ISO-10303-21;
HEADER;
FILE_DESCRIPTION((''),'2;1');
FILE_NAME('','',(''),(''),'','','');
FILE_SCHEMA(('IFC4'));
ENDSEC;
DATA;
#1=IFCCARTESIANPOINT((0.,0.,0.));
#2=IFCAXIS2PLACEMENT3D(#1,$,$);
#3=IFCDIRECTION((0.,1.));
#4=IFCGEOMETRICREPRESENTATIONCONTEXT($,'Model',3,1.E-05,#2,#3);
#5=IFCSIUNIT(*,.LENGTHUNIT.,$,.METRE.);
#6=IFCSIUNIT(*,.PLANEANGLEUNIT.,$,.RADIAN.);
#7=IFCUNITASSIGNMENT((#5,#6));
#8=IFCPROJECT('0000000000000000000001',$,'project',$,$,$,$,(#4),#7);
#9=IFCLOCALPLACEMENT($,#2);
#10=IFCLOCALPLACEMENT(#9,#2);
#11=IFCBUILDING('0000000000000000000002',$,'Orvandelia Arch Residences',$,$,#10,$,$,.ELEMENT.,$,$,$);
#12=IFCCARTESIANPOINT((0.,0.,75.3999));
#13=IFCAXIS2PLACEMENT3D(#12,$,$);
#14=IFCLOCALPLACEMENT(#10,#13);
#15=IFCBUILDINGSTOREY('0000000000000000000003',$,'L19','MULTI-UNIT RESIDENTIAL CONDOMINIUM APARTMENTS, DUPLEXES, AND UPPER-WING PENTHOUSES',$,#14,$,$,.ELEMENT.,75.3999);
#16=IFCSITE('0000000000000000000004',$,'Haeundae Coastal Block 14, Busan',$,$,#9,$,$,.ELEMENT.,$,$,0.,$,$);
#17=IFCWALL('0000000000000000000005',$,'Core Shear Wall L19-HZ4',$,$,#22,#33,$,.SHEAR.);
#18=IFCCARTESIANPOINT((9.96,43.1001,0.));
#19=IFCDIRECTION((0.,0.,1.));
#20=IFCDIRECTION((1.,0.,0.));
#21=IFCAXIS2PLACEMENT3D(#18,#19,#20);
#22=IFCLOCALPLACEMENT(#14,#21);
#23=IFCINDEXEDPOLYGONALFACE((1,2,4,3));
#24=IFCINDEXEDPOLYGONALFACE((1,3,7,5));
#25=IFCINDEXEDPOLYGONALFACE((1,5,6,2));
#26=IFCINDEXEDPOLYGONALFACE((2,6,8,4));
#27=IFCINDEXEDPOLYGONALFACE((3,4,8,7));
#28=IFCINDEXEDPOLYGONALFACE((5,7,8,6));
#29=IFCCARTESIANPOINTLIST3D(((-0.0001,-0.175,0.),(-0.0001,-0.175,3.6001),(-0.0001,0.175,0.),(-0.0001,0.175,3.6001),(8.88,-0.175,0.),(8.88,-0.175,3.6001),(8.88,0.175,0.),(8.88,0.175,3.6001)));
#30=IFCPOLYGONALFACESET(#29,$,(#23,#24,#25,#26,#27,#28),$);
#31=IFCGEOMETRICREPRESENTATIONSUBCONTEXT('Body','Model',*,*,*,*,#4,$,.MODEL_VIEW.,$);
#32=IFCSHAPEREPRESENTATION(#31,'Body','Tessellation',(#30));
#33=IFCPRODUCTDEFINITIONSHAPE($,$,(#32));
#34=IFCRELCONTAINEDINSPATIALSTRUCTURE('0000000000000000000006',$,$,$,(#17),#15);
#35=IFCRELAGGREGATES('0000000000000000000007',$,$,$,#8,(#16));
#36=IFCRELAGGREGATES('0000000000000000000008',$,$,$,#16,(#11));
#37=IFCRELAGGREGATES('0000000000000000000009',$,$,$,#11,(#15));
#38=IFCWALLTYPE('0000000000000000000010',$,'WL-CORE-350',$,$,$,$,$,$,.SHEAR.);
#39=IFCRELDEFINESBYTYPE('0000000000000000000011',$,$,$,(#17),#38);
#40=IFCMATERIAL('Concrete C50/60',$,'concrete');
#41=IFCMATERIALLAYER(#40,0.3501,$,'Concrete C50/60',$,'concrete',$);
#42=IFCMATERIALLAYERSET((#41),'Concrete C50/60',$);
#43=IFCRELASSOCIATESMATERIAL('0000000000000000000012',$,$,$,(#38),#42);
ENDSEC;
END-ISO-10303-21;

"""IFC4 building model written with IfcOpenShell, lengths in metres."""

from ifc_helpers import new_model, si_unit, direction, frame, frame_2d, origin, place, context, subcontext, project, spatial, rectangle, extrude, material, layer, layer_set, type_object, element, save


model = new_model("IFC4")

# Units and contexts
model_context = context("Model", 3, precision=1e-05, world=origin(), true_north=direction((0.0, 1.0)))
body_context = subcontext(model_context, "Body", "Model", "MODEL_VIEW")
ifc_project = project(units=[si_unit("LENGTHUNIT", "METRE"), si_unit("PLANEANGLEUNIT", "RADIAN")], contexts=[model_context])

# Site, building, storey
site_placement = place(None, origin())
site = spatial("IfcSite", under=ifc_project, at=site_placement, Name="Haeundae Coastal Block 14, Busan", CompositionType="ELEMENT", RefElevation=0.0)
building_placement = place(site_placement, origin())
building = spatial("IfcBuilding", under=site, at=building_placement, Name="Orvandelia Arch Residences", CompositionType="ELEMENT")
storey_placement = place(building_placement, frame((0.0, 0.0, 75.3999)))
storey = spatial("IfcBuildingStorey", under=building, at=storey_placement, Name="L19", Description="MULTI-UNIT RESIDENTIAL CONDOMINIUM APARTMENTS, DUPLEXES, AND UPPER-WING PENTHOUSES", CompositionType="ELEMENT", Elevation=75.3999)

# Wall
ifc_material_1 = material(Name="Concrete C50/60", Category="concrete")
ifc_layer_1 = layer(ifc_material_1, 0.3501, Name="Concrete C50/60", Category="concrete")
ifc_layer_set_1 = layer_set([ifc_layer_1], Name="Concrete C50/60")
wall_type_1 = type_object("IfcWallType", Name="WL-CORE-350", PredefinedType="SHEAR", material=ifc_layer_set_1)
wall_1_placement = place(storey_placement, frame((9.96, 43.1001, 0.0), z_axis=(0.0, 0.0, 1.0), x_axis=(1.0, 0.0, 0.0)))
element("IfcWall", 1, at=wall_1_placement, inside=storey, type_object=wall_type_1, Name="Core Shear Wall L19-HZ4", PredefinedType="SHEAR", context=body_context, shape_type="SweptSolid", body=[
    extrude(rectangle(XDim=8.8801, YDim=0.3501, at=frame_2d((4.4399, 0.0))), origin(), (0.0, 0.0, 1.0), 3.6001),
])

save(model, "model.ifc")
